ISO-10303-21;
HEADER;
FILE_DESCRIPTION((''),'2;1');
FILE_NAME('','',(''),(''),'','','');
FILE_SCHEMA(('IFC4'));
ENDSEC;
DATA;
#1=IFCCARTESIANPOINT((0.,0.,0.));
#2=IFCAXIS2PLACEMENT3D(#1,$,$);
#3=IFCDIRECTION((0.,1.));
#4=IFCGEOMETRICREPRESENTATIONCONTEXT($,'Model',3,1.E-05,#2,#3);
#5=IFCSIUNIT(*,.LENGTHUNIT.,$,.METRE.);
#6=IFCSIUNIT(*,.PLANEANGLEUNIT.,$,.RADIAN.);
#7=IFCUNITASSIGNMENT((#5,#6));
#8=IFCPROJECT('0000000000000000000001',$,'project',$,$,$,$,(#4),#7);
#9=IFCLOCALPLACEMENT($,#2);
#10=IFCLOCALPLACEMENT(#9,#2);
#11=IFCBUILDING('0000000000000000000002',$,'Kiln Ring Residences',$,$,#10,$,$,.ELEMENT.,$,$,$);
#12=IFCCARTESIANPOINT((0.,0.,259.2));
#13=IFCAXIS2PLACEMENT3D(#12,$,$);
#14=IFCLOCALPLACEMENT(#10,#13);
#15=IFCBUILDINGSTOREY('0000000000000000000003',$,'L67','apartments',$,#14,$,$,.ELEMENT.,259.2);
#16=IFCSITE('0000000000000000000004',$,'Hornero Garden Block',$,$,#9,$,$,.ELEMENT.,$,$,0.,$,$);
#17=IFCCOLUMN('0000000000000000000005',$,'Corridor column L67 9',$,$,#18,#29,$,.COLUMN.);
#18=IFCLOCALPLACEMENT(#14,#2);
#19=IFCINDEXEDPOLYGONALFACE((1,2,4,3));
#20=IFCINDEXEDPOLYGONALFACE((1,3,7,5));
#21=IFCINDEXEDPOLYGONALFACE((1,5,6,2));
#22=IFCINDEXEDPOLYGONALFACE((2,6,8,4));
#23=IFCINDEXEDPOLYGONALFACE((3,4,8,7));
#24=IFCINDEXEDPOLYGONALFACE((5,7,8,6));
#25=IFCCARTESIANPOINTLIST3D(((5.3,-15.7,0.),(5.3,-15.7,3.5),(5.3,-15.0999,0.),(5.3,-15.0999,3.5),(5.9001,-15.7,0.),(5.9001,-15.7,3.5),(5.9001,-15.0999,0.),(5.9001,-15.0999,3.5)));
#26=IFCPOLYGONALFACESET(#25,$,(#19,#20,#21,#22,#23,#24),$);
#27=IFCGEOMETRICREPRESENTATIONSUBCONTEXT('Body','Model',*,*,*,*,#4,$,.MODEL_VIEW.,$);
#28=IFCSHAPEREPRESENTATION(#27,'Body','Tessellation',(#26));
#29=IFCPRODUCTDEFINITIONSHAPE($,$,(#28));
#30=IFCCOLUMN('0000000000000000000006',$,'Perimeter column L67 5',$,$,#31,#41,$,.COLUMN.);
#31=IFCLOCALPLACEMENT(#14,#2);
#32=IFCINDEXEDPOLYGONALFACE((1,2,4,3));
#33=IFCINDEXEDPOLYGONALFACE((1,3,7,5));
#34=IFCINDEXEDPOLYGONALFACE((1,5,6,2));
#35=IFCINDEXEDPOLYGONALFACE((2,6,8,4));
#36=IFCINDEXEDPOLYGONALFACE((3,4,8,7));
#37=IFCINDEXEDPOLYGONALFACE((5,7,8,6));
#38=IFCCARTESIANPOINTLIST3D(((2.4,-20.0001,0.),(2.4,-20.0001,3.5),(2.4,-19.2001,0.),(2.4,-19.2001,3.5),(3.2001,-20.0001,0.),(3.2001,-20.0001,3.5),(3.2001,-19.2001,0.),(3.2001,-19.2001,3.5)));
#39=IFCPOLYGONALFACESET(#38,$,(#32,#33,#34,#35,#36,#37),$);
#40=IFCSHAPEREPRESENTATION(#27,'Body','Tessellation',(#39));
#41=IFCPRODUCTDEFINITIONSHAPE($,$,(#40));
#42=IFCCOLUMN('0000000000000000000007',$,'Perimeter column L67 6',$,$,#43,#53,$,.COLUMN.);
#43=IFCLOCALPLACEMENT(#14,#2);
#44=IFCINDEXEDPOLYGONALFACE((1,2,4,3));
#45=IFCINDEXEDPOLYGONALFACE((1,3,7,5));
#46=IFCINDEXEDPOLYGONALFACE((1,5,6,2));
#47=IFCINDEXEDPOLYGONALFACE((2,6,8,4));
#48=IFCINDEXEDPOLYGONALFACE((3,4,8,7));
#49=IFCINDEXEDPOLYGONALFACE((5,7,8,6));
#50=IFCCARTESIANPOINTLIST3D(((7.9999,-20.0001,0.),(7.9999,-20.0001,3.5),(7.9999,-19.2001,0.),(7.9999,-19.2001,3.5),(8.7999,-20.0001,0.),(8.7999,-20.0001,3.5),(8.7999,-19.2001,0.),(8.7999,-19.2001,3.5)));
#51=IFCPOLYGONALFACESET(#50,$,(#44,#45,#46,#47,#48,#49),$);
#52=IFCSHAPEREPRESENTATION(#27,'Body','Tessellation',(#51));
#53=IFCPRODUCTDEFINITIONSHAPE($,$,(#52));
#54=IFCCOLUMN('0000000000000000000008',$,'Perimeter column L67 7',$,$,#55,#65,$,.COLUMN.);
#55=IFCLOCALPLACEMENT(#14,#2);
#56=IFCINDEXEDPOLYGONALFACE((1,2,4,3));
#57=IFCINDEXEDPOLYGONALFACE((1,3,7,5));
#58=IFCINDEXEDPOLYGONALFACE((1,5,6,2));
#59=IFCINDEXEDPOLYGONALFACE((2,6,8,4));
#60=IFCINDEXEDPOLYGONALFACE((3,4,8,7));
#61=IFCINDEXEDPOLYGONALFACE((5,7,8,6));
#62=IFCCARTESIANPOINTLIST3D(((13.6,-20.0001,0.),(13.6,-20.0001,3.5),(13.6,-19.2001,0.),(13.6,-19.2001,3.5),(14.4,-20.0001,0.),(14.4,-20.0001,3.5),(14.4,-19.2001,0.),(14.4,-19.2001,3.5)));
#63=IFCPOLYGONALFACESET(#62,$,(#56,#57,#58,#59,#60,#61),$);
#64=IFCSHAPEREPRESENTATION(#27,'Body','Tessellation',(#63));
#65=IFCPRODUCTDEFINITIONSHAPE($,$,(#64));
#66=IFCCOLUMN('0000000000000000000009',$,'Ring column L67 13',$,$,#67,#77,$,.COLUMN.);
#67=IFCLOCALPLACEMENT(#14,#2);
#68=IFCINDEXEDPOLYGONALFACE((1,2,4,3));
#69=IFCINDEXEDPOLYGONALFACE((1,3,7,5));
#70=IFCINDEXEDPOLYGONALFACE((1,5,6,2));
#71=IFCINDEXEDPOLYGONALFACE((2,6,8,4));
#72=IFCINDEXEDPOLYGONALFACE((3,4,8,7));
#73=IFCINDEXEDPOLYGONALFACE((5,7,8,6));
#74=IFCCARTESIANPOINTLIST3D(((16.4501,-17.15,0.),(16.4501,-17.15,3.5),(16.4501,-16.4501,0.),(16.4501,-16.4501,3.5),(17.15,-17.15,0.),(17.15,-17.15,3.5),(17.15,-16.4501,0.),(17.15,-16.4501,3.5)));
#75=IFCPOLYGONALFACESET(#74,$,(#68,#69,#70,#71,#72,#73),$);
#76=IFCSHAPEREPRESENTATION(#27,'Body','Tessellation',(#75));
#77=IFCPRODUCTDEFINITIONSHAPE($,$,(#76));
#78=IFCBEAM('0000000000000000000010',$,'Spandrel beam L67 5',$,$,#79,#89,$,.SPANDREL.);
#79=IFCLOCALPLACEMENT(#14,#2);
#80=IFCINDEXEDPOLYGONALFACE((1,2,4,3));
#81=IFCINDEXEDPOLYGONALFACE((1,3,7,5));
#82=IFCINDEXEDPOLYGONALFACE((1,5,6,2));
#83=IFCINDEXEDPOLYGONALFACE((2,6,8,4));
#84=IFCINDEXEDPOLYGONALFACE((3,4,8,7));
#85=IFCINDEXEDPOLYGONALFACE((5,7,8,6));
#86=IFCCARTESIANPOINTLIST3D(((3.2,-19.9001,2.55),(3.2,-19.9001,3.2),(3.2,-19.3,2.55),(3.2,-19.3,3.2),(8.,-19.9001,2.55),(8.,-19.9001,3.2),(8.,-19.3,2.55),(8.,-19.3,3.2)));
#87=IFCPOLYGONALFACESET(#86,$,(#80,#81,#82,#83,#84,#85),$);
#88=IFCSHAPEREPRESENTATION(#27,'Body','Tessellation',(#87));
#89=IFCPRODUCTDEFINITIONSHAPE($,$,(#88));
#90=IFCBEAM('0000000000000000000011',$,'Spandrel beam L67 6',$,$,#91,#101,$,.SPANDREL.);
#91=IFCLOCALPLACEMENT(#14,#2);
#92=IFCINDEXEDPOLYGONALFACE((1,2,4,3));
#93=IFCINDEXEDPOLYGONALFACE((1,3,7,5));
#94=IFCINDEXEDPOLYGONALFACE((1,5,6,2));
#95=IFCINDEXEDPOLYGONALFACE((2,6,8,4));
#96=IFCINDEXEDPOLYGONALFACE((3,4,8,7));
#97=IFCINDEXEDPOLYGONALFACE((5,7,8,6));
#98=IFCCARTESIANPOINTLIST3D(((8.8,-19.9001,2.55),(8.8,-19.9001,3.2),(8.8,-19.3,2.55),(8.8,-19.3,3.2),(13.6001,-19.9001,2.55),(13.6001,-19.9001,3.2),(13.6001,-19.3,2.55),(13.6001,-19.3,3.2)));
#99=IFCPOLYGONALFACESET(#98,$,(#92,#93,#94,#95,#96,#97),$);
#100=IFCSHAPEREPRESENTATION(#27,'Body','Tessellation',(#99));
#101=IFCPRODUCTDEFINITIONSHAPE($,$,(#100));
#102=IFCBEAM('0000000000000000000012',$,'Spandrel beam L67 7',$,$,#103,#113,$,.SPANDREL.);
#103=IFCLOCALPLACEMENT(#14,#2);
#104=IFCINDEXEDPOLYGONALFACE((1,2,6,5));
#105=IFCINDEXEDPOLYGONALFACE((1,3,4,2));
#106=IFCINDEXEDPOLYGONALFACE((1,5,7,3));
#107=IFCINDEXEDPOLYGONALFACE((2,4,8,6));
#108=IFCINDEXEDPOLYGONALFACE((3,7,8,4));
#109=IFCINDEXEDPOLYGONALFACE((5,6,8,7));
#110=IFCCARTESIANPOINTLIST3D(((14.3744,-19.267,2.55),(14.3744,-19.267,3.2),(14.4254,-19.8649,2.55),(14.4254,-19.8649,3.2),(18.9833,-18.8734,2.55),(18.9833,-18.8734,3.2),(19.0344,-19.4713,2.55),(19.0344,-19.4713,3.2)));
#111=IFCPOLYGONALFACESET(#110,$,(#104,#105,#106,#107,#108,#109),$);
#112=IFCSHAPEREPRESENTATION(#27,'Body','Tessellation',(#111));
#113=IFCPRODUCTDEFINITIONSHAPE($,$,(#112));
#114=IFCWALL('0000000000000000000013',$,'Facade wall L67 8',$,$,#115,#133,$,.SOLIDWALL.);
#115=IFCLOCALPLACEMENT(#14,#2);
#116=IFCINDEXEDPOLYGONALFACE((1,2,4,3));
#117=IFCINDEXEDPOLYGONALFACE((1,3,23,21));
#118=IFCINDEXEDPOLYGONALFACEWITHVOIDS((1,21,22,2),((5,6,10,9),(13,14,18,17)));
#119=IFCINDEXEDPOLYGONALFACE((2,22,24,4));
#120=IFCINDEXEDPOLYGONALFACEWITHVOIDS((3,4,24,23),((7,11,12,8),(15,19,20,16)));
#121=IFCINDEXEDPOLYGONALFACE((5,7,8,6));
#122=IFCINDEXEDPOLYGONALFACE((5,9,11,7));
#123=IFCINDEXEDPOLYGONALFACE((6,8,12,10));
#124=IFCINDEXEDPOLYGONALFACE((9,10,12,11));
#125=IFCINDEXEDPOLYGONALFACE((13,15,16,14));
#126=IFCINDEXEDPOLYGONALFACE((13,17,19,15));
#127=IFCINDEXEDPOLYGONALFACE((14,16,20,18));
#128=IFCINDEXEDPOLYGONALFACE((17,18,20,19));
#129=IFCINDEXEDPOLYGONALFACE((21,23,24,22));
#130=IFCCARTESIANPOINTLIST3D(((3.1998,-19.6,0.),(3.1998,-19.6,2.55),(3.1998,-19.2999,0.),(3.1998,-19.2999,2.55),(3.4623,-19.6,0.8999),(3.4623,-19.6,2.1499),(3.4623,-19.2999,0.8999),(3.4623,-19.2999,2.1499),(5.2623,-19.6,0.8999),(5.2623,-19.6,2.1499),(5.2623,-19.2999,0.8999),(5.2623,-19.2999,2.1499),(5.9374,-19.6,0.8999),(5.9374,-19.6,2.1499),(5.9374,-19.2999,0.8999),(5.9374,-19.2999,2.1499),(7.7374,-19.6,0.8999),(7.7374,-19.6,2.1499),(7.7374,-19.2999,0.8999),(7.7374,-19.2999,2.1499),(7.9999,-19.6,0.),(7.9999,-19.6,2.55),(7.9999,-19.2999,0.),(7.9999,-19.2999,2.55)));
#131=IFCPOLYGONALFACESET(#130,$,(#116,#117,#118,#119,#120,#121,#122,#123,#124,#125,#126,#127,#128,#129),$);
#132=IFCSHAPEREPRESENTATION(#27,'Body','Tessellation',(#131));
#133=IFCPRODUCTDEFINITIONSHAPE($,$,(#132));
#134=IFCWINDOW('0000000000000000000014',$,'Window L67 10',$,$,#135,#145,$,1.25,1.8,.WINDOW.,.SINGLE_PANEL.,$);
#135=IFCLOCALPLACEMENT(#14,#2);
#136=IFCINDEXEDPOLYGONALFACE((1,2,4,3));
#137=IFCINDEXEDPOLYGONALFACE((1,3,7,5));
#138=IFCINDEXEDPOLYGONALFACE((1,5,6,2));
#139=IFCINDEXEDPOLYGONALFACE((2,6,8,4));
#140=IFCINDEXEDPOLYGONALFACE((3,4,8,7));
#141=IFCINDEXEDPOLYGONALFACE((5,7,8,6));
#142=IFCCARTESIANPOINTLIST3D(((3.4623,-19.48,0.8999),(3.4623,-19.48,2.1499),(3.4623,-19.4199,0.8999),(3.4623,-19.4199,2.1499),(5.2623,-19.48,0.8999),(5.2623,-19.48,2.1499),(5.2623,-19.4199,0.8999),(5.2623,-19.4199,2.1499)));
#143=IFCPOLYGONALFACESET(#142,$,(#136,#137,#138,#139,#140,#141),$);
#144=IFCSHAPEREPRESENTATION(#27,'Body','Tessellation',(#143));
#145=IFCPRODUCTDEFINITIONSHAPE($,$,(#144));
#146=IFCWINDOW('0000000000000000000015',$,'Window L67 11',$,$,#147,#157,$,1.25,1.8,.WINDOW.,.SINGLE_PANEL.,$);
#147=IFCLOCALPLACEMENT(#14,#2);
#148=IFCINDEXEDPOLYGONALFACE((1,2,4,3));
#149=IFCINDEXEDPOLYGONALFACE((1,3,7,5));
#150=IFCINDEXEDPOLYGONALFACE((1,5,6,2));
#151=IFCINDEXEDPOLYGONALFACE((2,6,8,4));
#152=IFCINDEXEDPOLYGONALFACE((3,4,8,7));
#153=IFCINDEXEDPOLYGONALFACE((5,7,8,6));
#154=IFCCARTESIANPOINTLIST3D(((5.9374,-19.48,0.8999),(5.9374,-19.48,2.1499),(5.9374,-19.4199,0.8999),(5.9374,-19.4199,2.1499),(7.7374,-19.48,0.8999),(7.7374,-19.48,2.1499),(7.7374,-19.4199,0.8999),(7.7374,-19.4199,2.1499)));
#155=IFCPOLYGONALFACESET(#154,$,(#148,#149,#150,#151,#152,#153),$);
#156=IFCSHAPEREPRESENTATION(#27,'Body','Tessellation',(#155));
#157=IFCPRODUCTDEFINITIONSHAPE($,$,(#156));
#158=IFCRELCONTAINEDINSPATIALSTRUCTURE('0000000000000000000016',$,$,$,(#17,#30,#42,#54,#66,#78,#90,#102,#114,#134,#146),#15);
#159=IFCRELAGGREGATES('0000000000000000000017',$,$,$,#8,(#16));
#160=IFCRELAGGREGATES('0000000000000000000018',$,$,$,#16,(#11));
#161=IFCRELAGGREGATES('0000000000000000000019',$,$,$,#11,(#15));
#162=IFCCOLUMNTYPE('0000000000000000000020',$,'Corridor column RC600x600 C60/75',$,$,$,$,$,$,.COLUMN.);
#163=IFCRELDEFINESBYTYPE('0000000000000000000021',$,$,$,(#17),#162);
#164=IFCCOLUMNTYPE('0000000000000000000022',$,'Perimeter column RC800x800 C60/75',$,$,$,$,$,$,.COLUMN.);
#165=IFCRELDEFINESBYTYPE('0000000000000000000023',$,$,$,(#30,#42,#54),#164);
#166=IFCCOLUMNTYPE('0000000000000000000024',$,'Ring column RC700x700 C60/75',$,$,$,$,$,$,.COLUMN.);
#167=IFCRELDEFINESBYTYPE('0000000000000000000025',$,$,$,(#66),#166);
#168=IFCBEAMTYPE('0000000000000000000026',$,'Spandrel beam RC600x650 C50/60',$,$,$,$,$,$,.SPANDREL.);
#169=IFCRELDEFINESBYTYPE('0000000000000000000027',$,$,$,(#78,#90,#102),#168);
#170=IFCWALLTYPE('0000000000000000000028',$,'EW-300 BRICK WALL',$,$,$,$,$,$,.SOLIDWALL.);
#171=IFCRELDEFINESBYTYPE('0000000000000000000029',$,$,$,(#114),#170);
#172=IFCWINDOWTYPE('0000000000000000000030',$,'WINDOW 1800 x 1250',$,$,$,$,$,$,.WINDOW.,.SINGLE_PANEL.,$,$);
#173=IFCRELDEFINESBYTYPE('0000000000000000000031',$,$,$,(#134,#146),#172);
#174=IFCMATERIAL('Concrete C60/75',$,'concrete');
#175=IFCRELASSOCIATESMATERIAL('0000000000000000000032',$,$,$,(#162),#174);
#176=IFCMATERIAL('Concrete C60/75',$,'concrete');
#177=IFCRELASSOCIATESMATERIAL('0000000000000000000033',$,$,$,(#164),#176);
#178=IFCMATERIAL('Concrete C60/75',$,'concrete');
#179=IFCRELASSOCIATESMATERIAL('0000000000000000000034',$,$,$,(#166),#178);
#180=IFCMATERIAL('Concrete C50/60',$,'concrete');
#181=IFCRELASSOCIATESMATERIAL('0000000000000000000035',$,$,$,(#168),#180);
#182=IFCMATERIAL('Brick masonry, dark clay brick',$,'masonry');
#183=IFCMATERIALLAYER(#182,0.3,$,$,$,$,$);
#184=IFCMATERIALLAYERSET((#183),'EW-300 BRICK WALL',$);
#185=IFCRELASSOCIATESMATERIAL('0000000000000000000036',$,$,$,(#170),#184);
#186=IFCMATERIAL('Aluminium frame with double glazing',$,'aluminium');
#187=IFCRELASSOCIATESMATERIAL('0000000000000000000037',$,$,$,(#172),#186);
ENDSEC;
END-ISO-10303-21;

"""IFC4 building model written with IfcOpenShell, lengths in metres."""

from ifc_helpers import new_model, si_unit, direction, frame, frame_2d, origin, origin_2d, place, context, subcontext, project, spatial, rectangle, extrude, material, layer, layer_set, material_profile, profile_set, type_object, element, fill, save


model = new_model("IFC4")

# Units and contexts
model_context = context("Model", 3, precision=1e-05, world=origin(), true_north=direction((0.0, 1.0)))
body_context = subcontext(model_context, "Body", "Model", "MODEL_VIEW")
ifc_project = project(units=[si_unit("LENGTHUNIT", "METRE"), si_unit("PLANEANGLEUNIT", "RADIAN")], contexts=[model_context])

# Site, building, storey
site_placement = place(None, origin())
site = spatial("IfcSite", under=ifc_project, at=site_placement, Name="Hornero Garden Block", CompositionType="ELEMENT", RefElevation=0.0)
building_placement = place(site_placement, origin())
building = spatial("IfcBuilding", under=site, at=building_placement, Name="Kiln Ring Residences", CompositionType="ELEMENT")
storey_placement = place(building_placement, frame((0.0, 0.0, 259.2)))
storey = spatial("IfcBuildingStorey", under=building, at=storey_placement, Name="L67", Description="apartments", CompositionType="ELEMENT", Elevation=259.2)

# Columns
ifc_material_1 = material(Name="Concrete C60/75", Category="concrete")
ifc_material_profile_1 = material_profile(ifc_material_1, rectangle(XDim=0.6001, YDim=0.6001, at=origin_2d()), Name="RC600x600")
ifc_profile_set_1 = profile_set([ifc_material_profile_1], Name="Concrete C60/75")
column_type_1 = type_object("IfcColumnType", Name="Corridor column RC600x600 C60/75", PredefinedType="COLUMN", material=ifc_profile_set_1)
column_1_placement = place(storey_placement, frame((5.6001, -15.3999, 0.0), z_axis=(0.0, 0.0, 1.0), x_axis=(1.0, 0.0, 0.0)))
element("IfcColumn", 1, at=column_1_placement, inside=storey, type_object=column_type_1, Name="Corridor column L67 9", PredefinedType="COLUMN", context=body_context, shape_type="SweptSolid", body=[
    extrude(rectangle(XDim=0.6001, YDim=0.6001, at=origin_2d()), origin(), (0.0, 0.0, 1.0), 3.5),
])
ifc_material_2 = material(Name="Concrete C60/75", Category="concrete")
ifc_material_profile_2 = material_profile(ifc_material_2, rectangle(XDim=0.8, YDim=0.8, at=origin_2d()), Name="RC800x800")
ifc_profile_set_2 = profile_set([ifc_material_profile_2], Name="Concrete C60/75")
column_type_2 = type_object("IfcColumnType", Name="Perimeter column RC800x800 C60/75", PredefinedType="COLUMN", material=ifc_profile_set_2)
for number, where, z_axis, x_axis, name in (
    (2, (2.8, -19.6001, 0.0), (0.0, 0.0, 1.0), (1.0, 0.0, 0.0), "Perimeter column L67 5"),
    (3, (8.3999, -19.6001, 0.0), (0.0, 0.0, 1.0), (1.0, 0.0, 0.0), "Perimeter column L67 6"),
    (4, (14.0, -19.6001, 0.0), (0.0, 0.0, 1.0), (1.0, 0.0, 0.0), "Perimeter column L67 7"),
):
    element("IfcColumn", number, at=place(storey_placement, frame(where, z_axis=z_axis, x_axis=x_axis)), inside=storey, type_object=column_type_2, Name=name, PredefinedType="COLUMN", context=body_context, shape_type="SweptSolid", body=[
        extrude(rectangle(XDim=0.8, YDim=0.8, at=origin_2d()), origin(), (0.0, 0.0, 1.0), 3.5),
    ])
ifc_material_3 = material(Name="Concrete C60/75", Category="concrete")
ifc_material_profile_3 = material_profile(ifc_material_3, rectangle(XDim=0.7, YDim=0.7, at=origin_2d()), Name="RC700x700")
ifc_profile_set_3 = profile_set([ifc_material_profile_3], Name="Concrete C60/75")
column_type_3 = type_object("IfcColumnType", Name="Ring column RC700x700 C60/75", PredefinedType="COLUMN", material=ifc_profile_set_3)
column_2_placement = place(storey_placement, frame((16.8, -16.8, 0.0), z_axis=(0.0, 0.0, 1.0), x_axis=(1.0, 0.0, 0.0)))
element("IfcColumn", 5, at=column_2_placement, inside=storey, type_object=column_type_3, Name="Ring column L67 13", PredefinedType="COLUMN", context=body_context, shape_type="SweptSolid", body=[
    extrude(rectangle(XDim=0.7, YDim=0.7, at=origin_2d()), origin(), (0.0, 0.0, 1.0), 3.5),
])

# Beams
ifc_material_4 = material(Name="Concrete C50/60", Category="concrete")
ifc_material_profile_4 = material_profile(ifc_material_4, rectangle(XDim=0.6001, YDim=0.6499, at=origin_2d()), Name="RC600x650")
ifc_profile_set_4 = profile_set([ifc_material_profile_4], Name="Concrete C50/60")
beam_type = type_object("IfcBeamType", Name="Spandrel beam RC600x650 C50/60", PredefinedType="SPANDREL", material=ifc_profile_set_4)
for number, where, z_axis, x_axis, name in (
    (6, (3.2, -19.6001, 2.875), (1.0, 0.0, 0.0), (0.0, 1.0, 0.0), "Spandrel beam L67 5"),
    (7, (8.8, -19.6001, 2.875), (1.0, 0.0, 0.0), (0.0, 1.0, 0.0), "Spandrel beam L67 6"),
):
    element("IfcBeam", number, at=place(storey_placement, frame(where, z_axis=z_axis, x_axis=x_axis)), inside=storey, type_object=beam_type, Name=name, PredefinedType="SPANDREL", context=body_context, shape_type="SweptSolid", body=[
        extrude(rectangle(XDim=0.6001, YDim=0.6499, at=origin_2d()), origin(), (0.0, 0.0, 1.0), 4.8),
    ])
beam_placement = place(storey_placement, frame((14.3999, -19.5659, 2.875), z_axis=(0.996374, 0.085081, 0.0), x_axis=(-0.085081, 0.996374, 0.0)))
element("IfcBeam", 8, at=beam_placement, inside=storey, type_object=beam_type, Name="Spandrel beam L67 7", PredefinedType="SPANDREL", context=body_context, shape_type="SweptSolid", body=[
    extrude(rectangle(XDim=0.6001, YDim=0.6499, at=origin_2d()), origin(), (0.0, 0.0, 1.0), 4.6257),
])

# Wall, openings, windows
ifc_material_5 = material(Name="Brick masonry, dark clay brick", Category="masonry")
ifc_layer_1 = layer(ifc_material_5, 0.3)
ifc_layer_set_1 = layer_set([ifc_layer_1], Name="EW-300 BRICK WALL")
wall_type_1 = type_object("IfcWallType", Name="EW-300 BRICK WALL", PredefinedType="SOLIDWALL", material=ifc_layer_set_1)
wall_1_placement = place(storey_placement, frame((3.2, -19.45, 0.0), z_axis=(0.0, 0.0, 1.0), x_axis=(1.0, 0.0, 0.0)))
wall_1 = element("IfcWall", 9, at=wall_1_placement, inside=storey, type_object=wall_type_1, Name="Facade wall L67 8", PredefinedType="SOLIDWALL", context=body_context, shape_type="SweptSolid", body=[
    extrude(rectangle(XDim=4.8, YDim=0.3, at=frame_2d((2.3999, 0.0))), origin(), (0.0, 0.0, 1.0), 2.55),
])
opening_1_placement = place(wall_1_placement, frame((0.2625, 0.0, 0.8999)))
opening_1 = element("IfcOpeningElement", 10, at=opening_1_placement, cuts=wall_1, PredefinedType="OPENING", context=body_context, shape_type="SweptSolid", body=[
    extrude(rectangle(XDim=1.8, YDim=1.25, at=frame_2d((0.8999, 0.625))), frame((0.0, 0.1599, 0.0), z_axis=(0.0, -1.0, 0.0), x_axis=(1.0, 0.0, 0.0)), (0.0, 0.0, 1.0), 0.3201),
])
opening_2_placement = place(wall_1_placement, frame((2.7375, 0.0, 0.8999)))
opening_2 = element("IfcOpeningElement", 11, at=opening_2_placement, cuts=wall_1, PredefinedType="OPENING", context=body_context, shape_type="SweptSolid", body=[
    extrude(rectangle(XDim=1.8, YDim=1.25, at=frame_2d((0.8999, 0.625))), frame((0.0, 0.1599, 0.0), z_axis=(0.0, -1.0, 0.0), x_axis=(1.0, 0.0, 0.0)), (0.0, 0.0, 1.0), 0.3201),
])
ifc_material_6 = material(Name="Aluminium frame with double glazing", Category="aluminium")
window_type_1 = type_object("IfcWindowType", Name="WINDOW 1800 x 1250", PartitioningType="SINGLE_PANEL", PredefinedType="WINDOW", material=ifc_material_6)
window_1_placement = place(opening_1_placement, origin())
window_1 = element("IfcWindow", 12, at=window_1_placement, inside=storey, type_object=window_type_1, Name="Window L67 10", OverallHeight=1.25, OverallWidth=1.8, PartitioningType="SINGLE_PANEL", PredefinedType="WINDOW", context=body_context, shape_type="SweptSolid", body=[
    extrude(rectangle(XDim=1.8, YDim=1.25, at=frame_2d((0.8999, 0.625))), frame((0.0, 0.03, 0.0), z_axis=(0.0, -1.0, 0.0), x_axis=(1.0, 0.0, 0.0)), (0.0, 0.0, 1.0), 0.0601),
])
fill(opening_1, window_1)
window_2_placement = place(opening_2_placement, origin())
window_2 = element("IfcWindow", 13, at=window_2_placement, inside=storey, type_object=window_type_1, Name="Window L67 11", OverallHeight=1.25, OverallWidth=1.8, PartitioningType="SINGLE_PANEL", PredefinedType="WINDOW", context=body_context, shape_type="SweptSolid", body=[
    extrude(rectangle(XDim=1.8, YDim=1.25, at=frame_2d((0.8999, 0.625))), frame((0.0, 0.03, 0.0), z_axis=(0.0, -1.0, 0.0), x_axis=(1.0, 0.0, 0.0)), (0.0, 0.0, 1.0), 0.0601),
])
fill(opening_2, window_2)

save(model, "model.ifc")
